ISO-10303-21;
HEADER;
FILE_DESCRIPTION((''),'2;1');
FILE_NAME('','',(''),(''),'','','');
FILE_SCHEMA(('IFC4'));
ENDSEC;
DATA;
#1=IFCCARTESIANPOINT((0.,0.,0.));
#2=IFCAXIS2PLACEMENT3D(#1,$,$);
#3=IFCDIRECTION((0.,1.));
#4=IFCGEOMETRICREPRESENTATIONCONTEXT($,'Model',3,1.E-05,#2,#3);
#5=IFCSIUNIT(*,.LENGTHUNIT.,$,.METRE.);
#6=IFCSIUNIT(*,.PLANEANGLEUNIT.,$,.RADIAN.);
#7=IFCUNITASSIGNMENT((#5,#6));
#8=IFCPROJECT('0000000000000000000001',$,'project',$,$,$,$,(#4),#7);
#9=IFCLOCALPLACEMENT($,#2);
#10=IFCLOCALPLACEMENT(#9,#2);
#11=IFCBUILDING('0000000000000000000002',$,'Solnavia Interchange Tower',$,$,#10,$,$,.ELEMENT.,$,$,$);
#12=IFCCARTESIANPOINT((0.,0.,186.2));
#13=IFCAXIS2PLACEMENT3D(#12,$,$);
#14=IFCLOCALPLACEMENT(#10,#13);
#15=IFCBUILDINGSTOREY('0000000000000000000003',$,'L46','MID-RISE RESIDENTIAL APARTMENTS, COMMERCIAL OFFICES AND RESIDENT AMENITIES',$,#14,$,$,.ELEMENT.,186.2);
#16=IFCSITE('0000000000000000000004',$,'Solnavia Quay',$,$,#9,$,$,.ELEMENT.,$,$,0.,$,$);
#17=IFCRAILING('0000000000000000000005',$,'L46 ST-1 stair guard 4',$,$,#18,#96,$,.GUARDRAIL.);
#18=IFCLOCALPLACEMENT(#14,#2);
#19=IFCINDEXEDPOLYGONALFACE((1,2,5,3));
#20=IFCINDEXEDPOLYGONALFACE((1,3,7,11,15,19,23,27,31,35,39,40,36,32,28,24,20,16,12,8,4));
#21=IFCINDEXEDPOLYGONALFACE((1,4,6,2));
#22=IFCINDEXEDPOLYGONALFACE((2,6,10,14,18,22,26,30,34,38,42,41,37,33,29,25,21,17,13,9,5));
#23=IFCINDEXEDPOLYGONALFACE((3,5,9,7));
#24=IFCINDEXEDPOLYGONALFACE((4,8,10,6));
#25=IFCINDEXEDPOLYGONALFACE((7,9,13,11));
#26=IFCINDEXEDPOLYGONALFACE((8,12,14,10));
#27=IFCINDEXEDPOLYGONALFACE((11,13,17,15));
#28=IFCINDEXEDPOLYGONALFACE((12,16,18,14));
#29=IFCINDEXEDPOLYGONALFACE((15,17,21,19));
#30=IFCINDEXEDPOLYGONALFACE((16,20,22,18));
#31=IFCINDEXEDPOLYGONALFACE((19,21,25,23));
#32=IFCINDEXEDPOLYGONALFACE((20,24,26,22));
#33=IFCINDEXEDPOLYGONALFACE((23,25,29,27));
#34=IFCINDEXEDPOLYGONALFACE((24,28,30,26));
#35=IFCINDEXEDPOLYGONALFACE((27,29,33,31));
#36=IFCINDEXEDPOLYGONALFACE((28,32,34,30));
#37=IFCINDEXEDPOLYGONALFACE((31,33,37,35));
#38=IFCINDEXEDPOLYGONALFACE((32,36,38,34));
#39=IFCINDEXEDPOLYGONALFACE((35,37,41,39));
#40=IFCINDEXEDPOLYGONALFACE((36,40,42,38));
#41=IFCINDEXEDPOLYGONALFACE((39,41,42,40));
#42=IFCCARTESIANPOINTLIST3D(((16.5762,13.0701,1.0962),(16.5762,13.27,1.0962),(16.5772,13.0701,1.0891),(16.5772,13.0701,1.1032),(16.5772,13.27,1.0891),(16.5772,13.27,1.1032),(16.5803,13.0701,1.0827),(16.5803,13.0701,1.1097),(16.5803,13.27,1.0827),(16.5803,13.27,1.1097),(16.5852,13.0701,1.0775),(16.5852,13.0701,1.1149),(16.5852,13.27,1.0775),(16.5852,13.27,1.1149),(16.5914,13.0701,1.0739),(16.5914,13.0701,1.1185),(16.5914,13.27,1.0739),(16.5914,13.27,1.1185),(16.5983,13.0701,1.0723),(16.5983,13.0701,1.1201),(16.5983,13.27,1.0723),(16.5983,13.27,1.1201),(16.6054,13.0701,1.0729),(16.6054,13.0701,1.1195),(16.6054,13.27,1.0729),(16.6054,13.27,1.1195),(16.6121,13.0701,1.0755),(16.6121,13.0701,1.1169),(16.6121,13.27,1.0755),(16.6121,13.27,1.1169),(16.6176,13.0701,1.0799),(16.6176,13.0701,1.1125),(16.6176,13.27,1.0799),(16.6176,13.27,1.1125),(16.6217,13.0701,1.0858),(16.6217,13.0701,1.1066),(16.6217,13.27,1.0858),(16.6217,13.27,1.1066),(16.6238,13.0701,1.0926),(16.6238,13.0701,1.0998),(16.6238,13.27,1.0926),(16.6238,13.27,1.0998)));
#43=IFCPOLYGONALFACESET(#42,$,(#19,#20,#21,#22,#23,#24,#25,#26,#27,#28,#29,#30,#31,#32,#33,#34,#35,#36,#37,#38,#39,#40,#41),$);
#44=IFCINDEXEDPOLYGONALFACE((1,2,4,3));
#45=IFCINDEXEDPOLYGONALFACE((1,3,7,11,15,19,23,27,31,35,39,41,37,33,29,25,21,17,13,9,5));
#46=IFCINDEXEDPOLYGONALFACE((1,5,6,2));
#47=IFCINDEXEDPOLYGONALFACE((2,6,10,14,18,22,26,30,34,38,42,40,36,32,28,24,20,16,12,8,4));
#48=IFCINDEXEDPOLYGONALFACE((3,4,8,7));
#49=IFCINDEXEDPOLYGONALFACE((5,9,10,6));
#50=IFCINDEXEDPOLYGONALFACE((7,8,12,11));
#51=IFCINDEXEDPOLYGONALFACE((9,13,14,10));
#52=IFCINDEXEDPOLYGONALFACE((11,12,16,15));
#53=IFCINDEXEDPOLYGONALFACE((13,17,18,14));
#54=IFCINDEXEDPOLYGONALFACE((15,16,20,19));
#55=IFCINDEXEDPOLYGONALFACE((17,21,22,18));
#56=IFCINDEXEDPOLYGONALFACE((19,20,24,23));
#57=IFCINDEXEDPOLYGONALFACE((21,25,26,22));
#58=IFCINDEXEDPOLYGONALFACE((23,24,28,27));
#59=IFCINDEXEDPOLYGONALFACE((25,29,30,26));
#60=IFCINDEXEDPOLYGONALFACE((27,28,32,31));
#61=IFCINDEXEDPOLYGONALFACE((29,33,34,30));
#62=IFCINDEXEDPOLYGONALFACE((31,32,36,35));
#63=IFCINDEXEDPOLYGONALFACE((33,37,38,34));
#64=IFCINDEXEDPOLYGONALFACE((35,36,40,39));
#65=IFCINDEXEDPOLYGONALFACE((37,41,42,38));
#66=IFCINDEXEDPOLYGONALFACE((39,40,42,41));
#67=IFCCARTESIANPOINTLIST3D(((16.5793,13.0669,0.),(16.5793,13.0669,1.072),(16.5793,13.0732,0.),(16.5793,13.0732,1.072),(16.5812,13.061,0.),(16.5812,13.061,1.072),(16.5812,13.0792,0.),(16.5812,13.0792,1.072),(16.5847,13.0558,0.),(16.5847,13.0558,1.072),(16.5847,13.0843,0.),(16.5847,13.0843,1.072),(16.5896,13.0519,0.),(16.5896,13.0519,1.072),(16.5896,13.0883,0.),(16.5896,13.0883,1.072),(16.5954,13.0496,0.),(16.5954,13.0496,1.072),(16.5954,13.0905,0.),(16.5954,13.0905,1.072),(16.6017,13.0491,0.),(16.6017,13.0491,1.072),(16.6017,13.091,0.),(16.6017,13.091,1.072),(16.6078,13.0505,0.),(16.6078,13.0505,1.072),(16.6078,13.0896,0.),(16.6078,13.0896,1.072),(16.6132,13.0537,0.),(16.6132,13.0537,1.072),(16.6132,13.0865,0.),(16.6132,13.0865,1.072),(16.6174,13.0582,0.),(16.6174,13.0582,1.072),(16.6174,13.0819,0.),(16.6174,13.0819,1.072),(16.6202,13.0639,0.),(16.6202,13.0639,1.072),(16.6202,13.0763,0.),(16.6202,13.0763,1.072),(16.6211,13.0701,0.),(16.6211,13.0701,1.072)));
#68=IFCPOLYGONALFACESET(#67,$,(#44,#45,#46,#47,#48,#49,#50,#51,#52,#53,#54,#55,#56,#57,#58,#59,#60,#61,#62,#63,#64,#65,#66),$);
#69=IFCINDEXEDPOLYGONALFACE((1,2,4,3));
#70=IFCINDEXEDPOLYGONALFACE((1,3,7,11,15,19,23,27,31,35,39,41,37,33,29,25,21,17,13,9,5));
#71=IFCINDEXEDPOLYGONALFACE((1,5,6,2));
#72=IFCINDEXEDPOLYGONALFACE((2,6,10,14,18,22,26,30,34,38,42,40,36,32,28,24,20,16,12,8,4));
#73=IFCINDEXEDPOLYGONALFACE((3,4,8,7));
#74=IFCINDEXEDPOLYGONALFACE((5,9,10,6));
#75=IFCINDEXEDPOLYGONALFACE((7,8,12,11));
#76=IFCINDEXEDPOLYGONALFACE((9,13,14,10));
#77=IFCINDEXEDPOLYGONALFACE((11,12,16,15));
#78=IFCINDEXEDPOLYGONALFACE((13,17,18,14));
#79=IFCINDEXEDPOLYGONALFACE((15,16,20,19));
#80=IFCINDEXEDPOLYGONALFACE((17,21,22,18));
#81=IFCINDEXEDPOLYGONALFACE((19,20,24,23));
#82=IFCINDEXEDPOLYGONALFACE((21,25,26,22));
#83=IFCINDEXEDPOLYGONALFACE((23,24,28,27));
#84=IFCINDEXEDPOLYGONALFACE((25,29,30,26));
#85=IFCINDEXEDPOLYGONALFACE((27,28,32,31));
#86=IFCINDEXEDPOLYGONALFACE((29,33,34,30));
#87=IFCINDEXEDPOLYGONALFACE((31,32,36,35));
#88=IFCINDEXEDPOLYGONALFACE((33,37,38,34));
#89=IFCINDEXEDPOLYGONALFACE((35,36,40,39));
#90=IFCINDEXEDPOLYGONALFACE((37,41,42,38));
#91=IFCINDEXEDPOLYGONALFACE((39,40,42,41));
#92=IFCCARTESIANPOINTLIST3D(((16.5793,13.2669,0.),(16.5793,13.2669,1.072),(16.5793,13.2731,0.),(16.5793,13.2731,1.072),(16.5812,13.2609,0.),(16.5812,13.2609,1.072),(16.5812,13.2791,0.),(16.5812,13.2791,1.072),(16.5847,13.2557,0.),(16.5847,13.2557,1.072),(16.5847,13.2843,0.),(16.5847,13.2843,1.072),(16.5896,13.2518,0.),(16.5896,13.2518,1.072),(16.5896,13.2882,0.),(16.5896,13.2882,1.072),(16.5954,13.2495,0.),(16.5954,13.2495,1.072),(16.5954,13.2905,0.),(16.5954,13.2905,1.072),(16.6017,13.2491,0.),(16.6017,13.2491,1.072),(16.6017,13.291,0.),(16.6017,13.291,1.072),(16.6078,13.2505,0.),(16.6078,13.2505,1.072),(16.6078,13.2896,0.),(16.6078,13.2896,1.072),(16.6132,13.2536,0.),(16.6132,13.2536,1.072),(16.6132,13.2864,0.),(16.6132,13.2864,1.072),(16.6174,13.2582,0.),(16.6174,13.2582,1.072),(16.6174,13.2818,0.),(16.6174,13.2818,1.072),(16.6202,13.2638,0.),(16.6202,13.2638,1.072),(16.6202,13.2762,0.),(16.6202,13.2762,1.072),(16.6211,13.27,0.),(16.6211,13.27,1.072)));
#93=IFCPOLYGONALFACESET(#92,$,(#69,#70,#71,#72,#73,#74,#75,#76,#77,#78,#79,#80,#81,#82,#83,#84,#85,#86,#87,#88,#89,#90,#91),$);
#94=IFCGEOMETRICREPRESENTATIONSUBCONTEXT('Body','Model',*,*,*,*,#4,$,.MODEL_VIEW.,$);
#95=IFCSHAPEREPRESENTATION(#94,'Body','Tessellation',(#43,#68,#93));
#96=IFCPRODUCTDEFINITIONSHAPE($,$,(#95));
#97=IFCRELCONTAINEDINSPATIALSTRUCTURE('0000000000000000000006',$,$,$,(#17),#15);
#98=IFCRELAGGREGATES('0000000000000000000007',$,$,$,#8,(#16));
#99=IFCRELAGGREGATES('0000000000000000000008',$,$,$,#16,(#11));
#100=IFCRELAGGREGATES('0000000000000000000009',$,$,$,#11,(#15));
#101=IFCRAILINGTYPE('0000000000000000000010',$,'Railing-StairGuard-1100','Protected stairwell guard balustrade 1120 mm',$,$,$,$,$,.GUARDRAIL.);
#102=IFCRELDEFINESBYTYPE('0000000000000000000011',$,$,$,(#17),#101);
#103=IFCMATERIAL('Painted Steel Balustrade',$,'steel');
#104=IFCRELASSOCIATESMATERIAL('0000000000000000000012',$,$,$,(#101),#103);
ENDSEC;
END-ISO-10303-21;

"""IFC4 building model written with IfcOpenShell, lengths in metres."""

from ifc_helpers import new_model, si_unit, direction, frame, origin, origin_2d, place, context, subcontext, project, spatial, circle, extrude, material, type_object, element, save


model = new_model("IFC4")

# Units and contexts
model_context = context("Model", 3, precision=1e-05, world=origin(), true_north=direction((0.0, 1.0)))
body_context = subcontext(model_context, "Body", "Model", "MODEL_VIEW")
ifc_project = project(units=[si_unit("LENGTHUNIT", "METRE"), si_unit("PLANEANGLEUNIT", "RADIAN")], contexts=[model_context])

# Site, building, storey
site_placement = place(None, origin())
site = spatial("IfcSite", under=ifc_project, at=site_placement, Name="Solnavia Quay", CompositionType="ELEMENT", RefElevation=0.0)
building_placement = place(site_placement, origin())
building = spatial("IfcBuilding", under=site, at=building_placement, Name="Solnavia Interchange Tower", CompositionType="ELEMENT")
storey_placement = place(building_placement, frame((0.0, 0.0, 186.2)))
storey = spatial("IfcBuildingStorey", under=building, at=storey_placement, Name="L46", Description="MID-RISE RESIDENTIAL APARTMENTS, COMMERCIAL OFFICES AND RESIDENT AMENITIES", CompositionType="ELEMENT", Elevation=186.2)

# Railing
ifc_material_1 = material(Name="Painted Steel Balustrade", Category="steel")
railing_type_1 = type_object("IfcRailingType", Name="Railing-StairGuard-1100", Description="Protected stairwell guard balustrade 1120 mm", PredefinedType="GUARDRAIL", material=ifc_material_1)
railing_1_placement = place(storey_placement, frame((16.6001, 13.0701, 0.0)))
element("IfcRailing", 1, at=railing_1_placement, inside=storey, type_object=railing_type_1, Name="L46 ST-1 stair guard 4", PredefinedType="GUARDRAIL", context=body_context, shape_type="SweptSolid", body=[
    extrude(circle(Radius=0.0239, at=origin_2d()), frame((0.0, 0.0, 1.0962), z_axis=(0.0, 1.0, 0.0), x_axis=(-1.0, 0.0, 0.0)), (0.0, 0.0, 1.0), 0.2),
    extrude(circle(Radius=0.021, at=origin_2d()), origin(), (0.0, 0.0, 1.0), 1.072),
    extrude(circle(Radius=0.021, at=origin_2d()), frame((0.0, 0.2, 0.0)), (0.0, 0.0, 1.0), 1.072),
])

save(model, "model.ifc")
